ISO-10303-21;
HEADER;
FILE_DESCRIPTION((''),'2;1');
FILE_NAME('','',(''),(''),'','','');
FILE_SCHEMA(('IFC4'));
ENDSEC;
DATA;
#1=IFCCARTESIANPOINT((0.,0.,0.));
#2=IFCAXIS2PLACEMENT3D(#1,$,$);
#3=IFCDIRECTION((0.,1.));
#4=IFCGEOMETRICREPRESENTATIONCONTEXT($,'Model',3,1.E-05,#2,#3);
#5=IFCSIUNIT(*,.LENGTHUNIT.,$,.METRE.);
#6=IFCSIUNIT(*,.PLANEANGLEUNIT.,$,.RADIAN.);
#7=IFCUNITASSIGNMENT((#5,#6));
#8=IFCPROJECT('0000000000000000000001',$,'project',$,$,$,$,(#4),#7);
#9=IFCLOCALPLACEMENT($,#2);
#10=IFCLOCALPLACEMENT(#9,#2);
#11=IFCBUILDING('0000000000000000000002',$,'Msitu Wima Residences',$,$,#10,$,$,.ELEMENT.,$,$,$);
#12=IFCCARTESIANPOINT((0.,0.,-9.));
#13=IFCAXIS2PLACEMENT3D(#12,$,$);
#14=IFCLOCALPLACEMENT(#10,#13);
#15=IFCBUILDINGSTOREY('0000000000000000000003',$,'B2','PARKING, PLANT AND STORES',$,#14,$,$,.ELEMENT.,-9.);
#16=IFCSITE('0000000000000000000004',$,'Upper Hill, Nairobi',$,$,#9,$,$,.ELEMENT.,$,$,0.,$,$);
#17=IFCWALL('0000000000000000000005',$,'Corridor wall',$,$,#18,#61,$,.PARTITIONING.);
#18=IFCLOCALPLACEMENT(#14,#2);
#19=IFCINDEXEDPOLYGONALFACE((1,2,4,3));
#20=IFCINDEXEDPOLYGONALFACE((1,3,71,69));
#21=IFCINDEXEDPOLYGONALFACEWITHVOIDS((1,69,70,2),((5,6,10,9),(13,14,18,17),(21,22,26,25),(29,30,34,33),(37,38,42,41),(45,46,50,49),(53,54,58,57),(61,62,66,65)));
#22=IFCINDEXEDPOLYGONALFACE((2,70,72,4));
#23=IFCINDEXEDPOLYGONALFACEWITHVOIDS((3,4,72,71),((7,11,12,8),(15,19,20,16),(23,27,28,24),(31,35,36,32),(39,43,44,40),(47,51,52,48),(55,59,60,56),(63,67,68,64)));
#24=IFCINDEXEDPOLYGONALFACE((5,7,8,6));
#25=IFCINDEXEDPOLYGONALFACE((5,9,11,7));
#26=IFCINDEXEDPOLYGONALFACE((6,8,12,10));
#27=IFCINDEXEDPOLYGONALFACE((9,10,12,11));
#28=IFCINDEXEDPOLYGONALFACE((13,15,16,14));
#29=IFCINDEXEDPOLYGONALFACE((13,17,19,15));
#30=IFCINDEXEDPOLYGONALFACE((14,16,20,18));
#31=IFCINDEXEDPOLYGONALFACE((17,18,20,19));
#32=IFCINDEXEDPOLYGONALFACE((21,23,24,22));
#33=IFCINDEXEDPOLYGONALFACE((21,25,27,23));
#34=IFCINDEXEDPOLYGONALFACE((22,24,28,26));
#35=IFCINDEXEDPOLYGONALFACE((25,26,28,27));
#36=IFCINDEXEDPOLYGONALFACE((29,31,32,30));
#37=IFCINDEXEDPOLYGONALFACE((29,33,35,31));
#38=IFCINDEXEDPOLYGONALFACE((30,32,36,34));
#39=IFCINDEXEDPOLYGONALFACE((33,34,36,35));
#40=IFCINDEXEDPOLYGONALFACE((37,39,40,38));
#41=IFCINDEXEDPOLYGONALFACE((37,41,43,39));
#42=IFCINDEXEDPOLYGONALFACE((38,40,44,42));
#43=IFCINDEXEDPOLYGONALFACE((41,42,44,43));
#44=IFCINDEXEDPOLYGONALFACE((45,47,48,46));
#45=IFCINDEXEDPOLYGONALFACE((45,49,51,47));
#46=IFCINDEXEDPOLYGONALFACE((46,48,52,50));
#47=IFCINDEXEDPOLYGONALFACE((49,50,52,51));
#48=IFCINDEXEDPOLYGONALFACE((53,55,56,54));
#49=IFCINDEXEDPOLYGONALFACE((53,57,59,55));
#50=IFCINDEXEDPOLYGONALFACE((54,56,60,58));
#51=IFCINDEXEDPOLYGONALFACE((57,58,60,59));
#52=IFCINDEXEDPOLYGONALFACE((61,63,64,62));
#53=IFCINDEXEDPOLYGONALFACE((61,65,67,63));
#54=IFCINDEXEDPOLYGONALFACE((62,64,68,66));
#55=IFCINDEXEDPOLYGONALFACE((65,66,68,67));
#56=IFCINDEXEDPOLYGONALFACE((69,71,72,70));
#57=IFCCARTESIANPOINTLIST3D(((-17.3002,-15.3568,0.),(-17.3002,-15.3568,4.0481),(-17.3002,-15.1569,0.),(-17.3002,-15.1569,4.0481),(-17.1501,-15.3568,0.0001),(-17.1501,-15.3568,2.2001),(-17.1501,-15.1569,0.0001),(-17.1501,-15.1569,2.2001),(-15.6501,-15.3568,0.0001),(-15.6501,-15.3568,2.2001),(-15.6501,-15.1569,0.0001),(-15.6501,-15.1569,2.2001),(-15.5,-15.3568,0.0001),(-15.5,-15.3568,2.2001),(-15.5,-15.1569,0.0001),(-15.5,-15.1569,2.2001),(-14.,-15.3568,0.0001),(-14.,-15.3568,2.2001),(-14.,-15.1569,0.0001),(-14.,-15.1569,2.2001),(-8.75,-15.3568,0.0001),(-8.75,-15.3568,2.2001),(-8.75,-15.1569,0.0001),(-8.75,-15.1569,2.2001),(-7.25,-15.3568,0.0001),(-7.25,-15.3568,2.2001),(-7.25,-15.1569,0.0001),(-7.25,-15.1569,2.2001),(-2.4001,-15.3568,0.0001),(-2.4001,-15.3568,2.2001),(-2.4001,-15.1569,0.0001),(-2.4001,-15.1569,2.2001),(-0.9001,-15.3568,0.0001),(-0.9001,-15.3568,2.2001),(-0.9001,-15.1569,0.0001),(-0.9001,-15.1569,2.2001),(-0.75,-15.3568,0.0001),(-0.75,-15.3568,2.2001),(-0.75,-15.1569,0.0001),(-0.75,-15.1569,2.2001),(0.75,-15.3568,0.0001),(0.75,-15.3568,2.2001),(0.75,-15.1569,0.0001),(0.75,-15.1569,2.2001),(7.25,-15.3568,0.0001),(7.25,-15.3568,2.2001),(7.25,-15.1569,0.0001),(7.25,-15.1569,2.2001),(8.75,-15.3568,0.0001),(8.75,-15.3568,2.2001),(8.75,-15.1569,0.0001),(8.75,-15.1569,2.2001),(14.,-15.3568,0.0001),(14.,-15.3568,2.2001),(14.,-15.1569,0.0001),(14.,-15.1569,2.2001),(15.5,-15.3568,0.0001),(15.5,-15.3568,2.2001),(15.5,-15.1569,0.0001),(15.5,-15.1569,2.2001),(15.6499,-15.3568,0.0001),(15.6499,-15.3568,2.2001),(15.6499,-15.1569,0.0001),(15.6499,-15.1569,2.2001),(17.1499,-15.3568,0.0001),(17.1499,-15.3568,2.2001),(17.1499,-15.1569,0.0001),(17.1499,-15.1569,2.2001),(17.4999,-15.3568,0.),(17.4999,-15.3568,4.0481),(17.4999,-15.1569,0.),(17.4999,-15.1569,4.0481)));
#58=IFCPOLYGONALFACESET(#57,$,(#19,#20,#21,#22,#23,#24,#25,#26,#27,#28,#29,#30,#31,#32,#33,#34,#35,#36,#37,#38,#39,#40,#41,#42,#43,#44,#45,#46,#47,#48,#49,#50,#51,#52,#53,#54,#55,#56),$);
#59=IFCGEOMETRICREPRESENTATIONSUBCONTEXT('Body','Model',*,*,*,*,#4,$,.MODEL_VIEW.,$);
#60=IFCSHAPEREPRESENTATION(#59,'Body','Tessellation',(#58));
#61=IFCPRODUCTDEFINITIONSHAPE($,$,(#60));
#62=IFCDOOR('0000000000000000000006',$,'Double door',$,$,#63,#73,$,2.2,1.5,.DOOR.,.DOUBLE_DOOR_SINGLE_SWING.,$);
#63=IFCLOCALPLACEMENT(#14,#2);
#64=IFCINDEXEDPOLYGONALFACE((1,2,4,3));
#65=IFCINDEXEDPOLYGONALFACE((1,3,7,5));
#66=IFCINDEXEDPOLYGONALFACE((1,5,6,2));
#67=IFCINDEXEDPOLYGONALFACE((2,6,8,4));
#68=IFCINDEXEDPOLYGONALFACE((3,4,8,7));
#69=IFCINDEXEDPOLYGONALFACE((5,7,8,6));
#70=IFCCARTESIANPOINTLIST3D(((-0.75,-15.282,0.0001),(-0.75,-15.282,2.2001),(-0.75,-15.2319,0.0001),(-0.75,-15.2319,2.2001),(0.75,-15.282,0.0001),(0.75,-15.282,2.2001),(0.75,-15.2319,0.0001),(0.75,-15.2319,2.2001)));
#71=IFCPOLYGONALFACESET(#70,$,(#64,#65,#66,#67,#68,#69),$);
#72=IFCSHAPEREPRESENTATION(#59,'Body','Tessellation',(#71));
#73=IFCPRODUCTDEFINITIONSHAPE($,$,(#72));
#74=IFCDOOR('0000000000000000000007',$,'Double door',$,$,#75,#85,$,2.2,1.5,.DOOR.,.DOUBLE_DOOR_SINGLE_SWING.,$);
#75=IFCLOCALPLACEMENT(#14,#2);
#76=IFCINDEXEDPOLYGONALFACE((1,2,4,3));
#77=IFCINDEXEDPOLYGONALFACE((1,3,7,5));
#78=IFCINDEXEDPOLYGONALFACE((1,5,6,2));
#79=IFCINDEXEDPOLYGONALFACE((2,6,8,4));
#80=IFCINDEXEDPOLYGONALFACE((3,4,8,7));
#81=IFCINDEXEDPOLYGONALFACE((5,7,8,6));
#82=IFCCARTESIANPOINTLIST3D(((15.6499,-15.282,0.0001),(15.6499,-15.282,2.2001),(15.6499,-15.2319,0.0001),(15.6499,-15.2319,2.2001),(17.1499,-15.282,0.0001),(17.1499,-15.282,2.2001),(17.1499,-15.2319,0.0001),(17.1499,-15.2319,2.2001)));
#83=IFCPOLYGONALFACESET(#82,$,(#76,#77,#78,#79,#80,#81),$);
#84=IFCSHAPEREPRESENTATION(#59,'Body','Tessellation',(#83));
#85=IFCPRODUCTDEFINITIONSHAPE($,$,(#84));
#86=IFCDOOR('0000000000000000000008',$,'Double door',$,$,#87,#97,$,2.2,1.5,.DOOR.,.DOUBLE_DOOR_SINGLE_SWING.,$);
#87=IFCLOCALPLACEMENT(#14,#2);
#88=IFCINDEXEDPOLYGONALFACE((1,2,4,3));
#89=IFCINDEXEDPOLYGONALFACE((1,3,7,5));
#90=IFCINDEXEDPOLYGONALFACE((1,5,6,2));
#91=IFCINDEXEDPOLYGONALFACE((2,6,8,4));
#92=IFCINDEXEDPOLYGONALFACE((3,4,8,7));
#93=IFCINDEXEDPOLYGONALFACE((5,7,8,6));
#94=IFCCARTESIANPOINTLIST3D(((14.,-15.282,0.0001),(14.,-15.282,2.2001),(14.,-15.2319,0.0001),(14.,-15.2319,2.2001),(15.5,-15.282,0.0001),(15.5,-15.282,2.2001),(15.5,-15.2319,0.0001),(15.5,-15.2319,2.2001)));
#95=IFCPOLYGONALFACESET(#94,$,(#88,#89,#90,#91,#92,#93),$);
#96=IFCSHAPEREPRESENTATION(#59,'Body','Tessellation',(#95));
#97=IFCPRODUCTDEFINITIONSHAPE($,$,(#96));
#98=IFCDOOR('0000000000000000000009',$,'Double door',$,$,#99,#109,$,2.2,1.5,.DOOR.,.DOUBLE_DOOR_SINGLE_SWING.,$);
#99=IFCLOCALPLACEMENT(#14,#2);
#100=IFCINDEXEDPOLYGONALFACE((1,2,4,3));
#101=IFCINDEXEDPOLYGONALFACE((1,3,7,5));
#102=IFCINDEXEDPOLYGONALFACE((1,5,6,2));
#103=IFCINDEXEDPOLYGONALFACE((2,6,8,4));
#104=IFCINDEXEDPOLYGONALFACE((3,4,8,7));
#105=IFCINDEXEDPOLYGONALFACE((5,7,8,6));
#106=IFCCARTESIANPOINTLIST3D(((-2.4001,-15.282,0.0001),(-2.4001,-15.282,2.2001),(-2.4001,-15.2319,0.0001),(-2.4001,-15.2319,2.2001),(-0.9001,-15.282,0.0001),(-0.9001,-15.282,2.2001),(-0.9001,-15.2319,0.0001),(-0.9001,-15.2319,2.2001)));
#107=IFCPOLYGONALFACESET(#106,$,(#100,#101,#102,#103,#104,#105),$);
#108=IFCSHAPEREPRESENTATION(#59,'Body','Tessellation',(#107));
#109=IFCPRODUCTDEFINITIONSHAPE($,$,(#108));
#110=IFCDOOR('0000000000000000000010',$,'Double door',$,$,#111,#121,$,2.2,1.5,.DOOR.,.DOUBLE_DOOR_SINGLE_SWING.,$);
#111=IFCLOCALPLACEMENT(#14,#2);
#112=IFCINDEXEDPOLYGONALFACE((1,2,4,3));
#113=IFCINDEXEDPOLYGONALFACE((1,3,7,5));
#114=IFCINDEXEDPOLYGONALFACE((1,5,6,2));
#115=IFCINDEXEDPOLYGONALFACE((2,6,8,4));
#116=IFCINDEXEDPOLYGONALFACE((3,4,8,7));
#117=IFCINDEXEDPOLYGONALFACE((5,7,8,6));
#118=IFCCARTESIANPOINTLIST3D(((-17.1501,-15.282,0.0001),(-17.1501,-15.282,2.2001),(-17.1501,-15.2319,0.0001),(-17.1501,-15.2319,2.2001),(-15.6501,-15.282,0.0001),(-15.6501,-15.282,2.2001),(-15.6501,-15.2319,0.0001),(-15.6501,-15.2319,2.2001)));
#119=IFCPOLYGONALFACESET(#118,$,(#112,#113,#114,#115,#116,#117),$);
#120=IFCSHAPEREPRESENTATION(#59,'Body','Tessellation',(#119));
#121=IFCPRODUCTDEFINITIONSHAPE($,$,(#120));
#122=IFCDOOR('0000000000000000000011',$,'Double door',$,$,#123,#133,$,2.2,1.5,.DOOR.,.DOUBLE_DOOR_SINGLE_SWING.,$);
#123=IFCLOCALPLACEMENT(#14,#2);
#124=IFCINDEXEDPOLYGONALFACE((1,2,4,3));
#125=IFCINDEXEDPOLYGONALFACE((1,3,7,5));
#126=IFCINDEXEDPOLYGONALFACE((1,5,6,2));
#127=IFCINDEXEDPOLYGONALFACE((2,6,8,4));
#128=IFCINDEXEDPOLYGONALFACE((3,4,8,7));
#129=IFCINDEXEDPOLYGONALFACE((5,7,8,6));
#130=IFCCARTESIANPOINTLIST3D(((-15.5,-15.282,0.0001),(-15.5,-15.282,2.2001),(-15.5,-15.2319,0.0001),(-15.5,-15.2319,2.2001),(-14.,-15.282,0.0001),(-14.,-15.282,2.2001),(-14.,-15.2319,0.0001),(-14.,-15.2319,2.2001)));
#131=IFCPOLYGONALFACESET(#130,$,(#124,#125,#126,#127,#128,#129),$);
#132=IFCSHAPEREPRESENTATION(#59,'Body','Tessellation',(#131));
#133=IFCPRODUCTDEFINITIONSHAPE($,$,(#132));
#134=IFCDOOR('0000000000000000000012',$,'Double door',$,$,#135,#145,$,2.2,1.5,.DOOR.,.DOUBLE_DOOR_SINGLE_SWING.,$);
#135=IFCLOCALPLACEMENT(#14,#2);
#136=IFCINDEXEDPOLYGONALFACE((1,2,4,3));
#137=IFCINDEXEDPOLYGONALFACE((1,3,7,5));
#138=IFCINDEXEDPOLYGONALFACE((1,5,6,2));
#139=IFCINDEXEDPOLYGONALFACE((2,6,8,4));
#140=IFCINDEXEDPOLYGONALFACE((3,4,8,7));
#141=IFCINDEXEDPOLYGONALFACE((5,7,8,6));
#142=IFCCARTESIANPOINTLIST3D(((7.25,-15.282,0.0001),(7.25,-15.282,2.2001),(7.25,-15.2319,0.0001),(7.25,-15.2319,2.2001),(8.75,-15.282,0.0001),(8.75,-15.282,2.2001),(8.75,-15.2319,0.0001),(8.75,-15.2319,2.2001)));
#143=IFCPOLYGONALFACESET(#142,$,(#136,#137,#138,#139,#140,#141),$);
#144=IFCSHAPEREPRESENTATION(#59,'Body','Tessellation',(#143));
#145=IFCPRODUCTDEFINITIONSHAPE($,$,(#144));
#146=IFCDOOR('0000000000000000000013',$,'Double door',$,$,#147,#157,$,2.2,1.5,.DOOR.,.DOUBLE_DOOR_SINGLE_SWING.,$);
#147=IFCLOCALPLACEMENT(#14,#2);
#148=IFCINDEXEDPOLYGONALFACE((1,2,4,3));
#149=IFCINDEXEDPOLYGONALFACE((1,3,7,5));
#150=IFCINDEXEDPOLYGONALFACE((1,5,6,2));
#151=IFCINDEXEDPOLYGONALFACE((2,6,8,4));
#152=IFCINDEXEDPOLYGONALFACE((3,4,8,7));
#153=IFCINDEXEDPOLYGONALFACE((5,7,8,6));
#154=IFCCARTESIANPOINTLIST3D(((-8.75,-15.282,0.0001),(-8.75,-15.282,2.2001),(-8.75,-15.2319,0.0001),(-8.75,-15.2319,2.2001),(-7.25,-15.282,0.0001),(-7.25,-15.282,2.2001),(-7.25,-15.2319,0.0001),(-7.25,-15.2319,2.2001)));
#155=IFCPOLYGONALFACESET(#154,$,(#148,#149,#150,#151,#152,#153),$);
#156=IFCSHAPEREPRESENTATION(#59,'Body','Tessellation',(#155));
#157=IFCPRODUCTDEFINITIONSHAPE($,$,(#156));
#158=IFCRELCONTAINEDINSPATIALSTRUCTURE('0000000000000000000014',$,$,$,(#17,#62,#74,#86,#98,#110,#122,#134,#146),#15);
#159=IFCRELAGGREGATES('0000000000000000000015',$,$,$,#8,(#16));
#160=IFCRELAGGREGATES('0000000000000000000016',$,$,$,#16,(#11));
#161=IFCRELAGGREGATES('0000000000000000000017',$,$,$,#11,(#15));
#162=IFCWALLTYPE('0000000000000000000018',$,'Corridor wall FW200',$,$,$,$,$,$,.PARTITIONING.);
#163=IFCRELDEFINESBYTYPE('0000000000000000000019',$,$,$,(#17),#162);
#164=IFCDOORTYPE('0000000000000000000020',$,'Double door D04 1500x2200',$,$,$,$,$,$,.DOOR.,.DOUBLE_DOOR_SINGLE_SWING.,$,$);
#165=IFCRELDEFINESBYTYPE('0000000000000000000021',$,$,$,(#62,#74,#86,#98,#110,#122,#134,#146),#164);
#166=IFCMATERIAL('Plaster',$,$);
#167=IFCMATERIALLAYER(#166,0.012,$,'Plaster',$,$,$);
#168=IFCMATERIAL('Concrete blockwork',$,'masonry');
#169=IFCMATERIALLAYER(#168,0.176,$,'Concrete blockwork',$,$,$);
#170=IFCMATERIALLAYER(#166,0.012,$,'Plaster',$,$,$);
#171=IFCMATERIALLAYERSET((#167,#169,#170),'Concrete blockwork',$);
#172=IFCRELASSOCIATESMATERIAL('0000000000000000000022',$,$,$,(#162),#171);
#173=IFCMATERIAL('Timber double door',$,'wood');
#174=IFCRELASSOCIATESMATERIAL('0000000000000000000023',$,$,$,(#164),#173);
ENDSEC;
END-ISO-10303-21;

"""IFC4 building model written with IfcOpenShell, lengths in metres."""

from ifc_helpers import new_model, si_unit, direction, frame, frame_2d, origin, place, context, subcontext, project, spatial, rectangle, extrude, material, layer, layer_set, type_object, element, fill, save


model = new_model("IFC4")

# Units and contexts
model_context = context("Model", 3, precision=1e-05, world=origin(), true_north=direction((0.0, 1.0)))
body_context = subcontext(model_context, "Body", "Model", "MODEL_VIEW")
ifc_project = project(units=[si_unit("LENGTHUNIT", "METRE"), si_unit("PLANEANGLEUNIT", "RADIAN")], contexts=[model_context])

# Site, building, storey
site_placement = place(None, origin())
site = spatial("IfcSite", under=ifc_project, at=site_placement, Name="Upper Hill, Nairobi", CompositionType="ELEMENT", RefElevation=0.0)
building_placement = place(site_placement, origin())
building = spatial("IfcBuilding", under=site, at=building_placement, Name="Msitu Wima Residences", CompositionType="ELEMENT")
storey_placement = place(building_placement, frame((0.0, 0.0, -9.0)))
storey = spatial("IfcBuildingStorey", under=building, at=storey_placement, Name="B2", Description="PARKING, PLANT AND STORES", CompositionType="ELEMENT", Elevation=-9.0)

# Wall, openings, doors
ifc_material_1 = material(Name="Plaster")
ifc_layer_1 = layer(ifc_material_1, 0.012, Name="Plaster")
ifc_material_2 = material(Name="Concrete blockwork", Category="masonry")
ifc_layer_2 = layer(ifc_material_2, 0.176, Name="Concrete blockwork")
ifc_layer_3 = layer(ifc_material_1, 0.012, Name="Plaster")
ifc_layer_set_1 = layer_set([ifc_layer_1, ifc_layer_2, ifc_layer_3], Name="Concrete blockwork")
wall_type_1 = type_object("IfcWallType", Name="Corridor wall FW200", PredefinedType="PARTITIONING", material=ifc_layer_set_1)
wall_1_placement = place(storey_placement, frame((-17.3, -15.2568, 0.0), z_axis=(0.0, 0.0, 1.0), x_axis=(1.0, 0.0, 0.0)))
wall_1 = element("IfcWall", 1, at=wall_1_placement, inside=storey, type_object=wall_type_1, Name="Corridor wall", PredefinedType="PARTITIONING", context=body_context, shape_type="SweptSolid", body=[
    extrude(rectangle(XDim=34.8, YDim=0.2, at=frame_2d((17.3999, 0.0))), origin(), (0.0, 0.0, 1.0), 4.0481),
])
opening_1_placement = place(wall_1_placement, frame((16.55, 0.0, 0.0)))
opening_1 = element("IfcOpeningElement", 2, at=opening_1_placement, cuts=wall_1, PredefinedType="OPENING", context=body_context, shape_type="SweptSolid", body=[
    extrude(rectangle(XDim=1.5, YDim=2.2, at=frame_2d((0.75, 1.1001))), frame((0.0, 0.1099, 0.0), z_axis=(0.0, -1.0, 0.0), x_axis=(1.0, 0.0, 0.0)), (0.0, 0.0, 1.0), 0.22),
])
opening_2_placement = place(wall_1_placement, frame((32.95, 0.0, 0.0)))
opening_2 = element("IfcOpeningElement", 3, at=opening_2_placement, cuts=wall_1, PredefinedType="OPENING", context=body_context, shape_type="SweptSolid", body=[
    extrude(rectangle(XDim=1.5, YDim=2.2, at=frame_2d((0.75, 1.1001))), frame((0.0, 0.1099, 0.0), z_axis=(0.0, -1.0, 0.0), x_axis=(1.0, 0.0, 0.0)), (0.0, 0.0, 1.0), 0.22),
])
opening_3_placement = place(wall_1_placement, frame((31.3, 0.0, 0.0)))
opening_3 = element("IfcOpeningElement", 4, at=opening_3_placement, cuts=wall_1, PredefinedType="OPENING", context=body_context, shape_type="SweptSolid", body=[
    extrude(rectangle(XDim=1.5, YDim=2.2, at=frame_2d((0.75, 1.1001))), frame((0.0, 0.1099, 0.0), z_axis=(0.0, -1.0, 0.0), x_axis=(1.0, 0.0, 0.0)), (0.0, 0.0, 1.0), 0.22),
])
opening_4_placement = place(wall_1_placement, frame((14.8999, 0.0, 0.0)))
opening_4 = element("IfcOpeningElement", 5, at=opening_4_placement, cuts=wall_1, PredefinedType="OPENING", context=body_context, shape_type="SweptSolid", body=[
    extrude(rectangle(XDim=1.5, YDim=2.2, at=frame_2d((0.75, 1.1001))), frame((0.0, 0.1099, 0.0), z_axis=(0.0, -1.0, 0.0), x_axis=(1.0, 0.0, 0.0)), (0.0, 0.0, 1.0), 0.22),
])
opening_5_placement = place(wall_1_placement, frame((0.1499, 0.0, 0.0)))
opening_5 = element("IfcOpeningElement", 6, at=opening_5_placement, cuts=wall_1, PredefinedType="OPENING", context=body_context, shape_type="SweptSolid", body=[
    extrude(rectangle(XDim=1.5, YDim=2.2, at=frame_2d((0.75, 1.1001))), frame((0.0, 0.1099, 0.0), z_axis=(0.0, -1.0, 0.0), x_axis=(1.0, 0.0, 0.0)), (0.0, 0.0, 1.0), 0.22),
])
opening_6_placement = place(wall_1_placement, frame((1.8, 0.0, 0.0)))
opening_6 = element("IfcOpeningElement", 7, at=opening_6_placement, cuts=wall_1, PredefinedType="OPENING", context=body_context, shape_type="SweptSolid", body=[
    extrude(rectangle(XDim=1.5, YDim=2.2, at=frame_2d((0.75, 1.1001))), frame((0.0, 0.1099, 0.0), z_axis=(0.0, -1.0, 0.0), x_axis=(1.0, 0.0, 0.0)), (0.0, 0.0, 1.0), 0.22),
])
opening_7_placement = place(wall_1_placement, frame((24.55, 0.0, 0.0)))
opening_7 = element("IfcOpeningElement", 8, at=opening_7_placement, cuts=wall_1, PredefinedType="OPENING", context=body_context, shape_type="SweptSolid", body=[
    extrude(rectangle(XDim=1.5, YDim=2.2, at=frame_2d((0.75, 1.1001))), frame((0.0, 0.1099, 0.0), z_axis=(0.0, -1.0, 0.0), x_axis=(1.0, 0.0, 0.0)), (0.0, 0.0, 1.0), 0.22),
])
opening_8_placement = place(wall_1_placement, frame((8.55, 0.0, 0.0)))
opening_8 = element("IfcOpeningElement", 9, at=opening_8_placement, cuts=wall_1, PredefinedType="OPENING", context=body_context, shape_type="SweptSolid", body=[
    extrude(rectangle(XDim=1.5, YDim=2.2, at=frame_2d((0.75, 1.1001))), frame((0.0, 0.1099, 0.0), z_axis=(0.0, -1.0, 0.0), x_axis=(1.0, 0.0, 0.0)), (0.0, 0.0, 1.0), 0.22),
])
ifc_material_3 = material(Name="Timber double door", Category="wood")
door_type_1 = type_object("IfcDoorType", Name="Double door D04 1500x2200", OperationType="DOUBLE_DOOR_SINGLE_SWING", PredefinedType="DOOR", material=ifc_material_3)
door_1_placement = place(opening_1_placement, origin())
door_1 = element("IfcDoor", 10, at=door_1_placement, inside=storey, type_object=door_type_1, Name="Double door", OperationType="DOUBLE_DOOR_SINGLE_SWING", OverallHeight=2.2, OverallWidth=1.5, PredefinedType="DOOR", context=body_context, shape_type="SweptSolid", body=[
    extrude(rectangle(XDim=1.5, YDim=2.2, at=frame_2d((0.75, 1.1001))), frame((0.0, 0.0249, 0.0), z_axis=(0.0, -1.0, 0.0), x_axis=(1.0, 0.0, 0.0)), (0.0, 0.0, 1.0), 0.05),
])
fill(opening_1, door_1)
door_2_placement = place(opening_2_placement, origin())
door_2 = element("IfcDoor", 11, at=door_2_placement, inside=storey, type_object=door_type_1, Name="Double door", OperationType="DOUBLE_DOOR_SINGLE_SWING", OverallHeight=2.2, OverallWidth=1.5, PredefinedType="DOOR", context=body_context, shape_type="SweptSolid", body=[
    extrude(rectangle(XDim=1.5, YDim=2.2, at=frame_2d((0.75, 1.1001))), frame((0.0, 0.0249, 0.0), z_axis=(0.0, -1.0, 0.0), x_axis=(1.0, 0.0, 0.0)), (0.0, 0.0, 1.0), 0.05),
])
fill(opening_2, door_2)
door_3_placement = place(opening_3_placement, origin())
door_3 = element("IfcDoor", 12, at=door_3_placement, inside=storey, type_object=door_type_1, Name="Double door", OperationType="DOUBLE_DOOR_SINGLE_SWING", OverallHeight=2.2, OverallWidth=1.5, PredefinedType="DOOR", context=body_context, shape_type="SweptSolid", body=[
    extrude(rectangle(XDim=1.5, YDim=2.2, at=frame_2d((0.75, 1.1001))), frame((0.0, 0.0249, 0.0), z_axis=(0.0, -1.0, 0.0), x_axis=(1.0, 0.0, 0.0)), (0.0, 0.0, 1.0), 0.05),
])
fill(opening_3, door_3)
door_4_placement = place(opening_4_placement, origin())
door_4 = element("IfcDoor", 13, at=door_4_placement, inside=storey, type_object=door_type_1, Name="Double door", OperationType="DOUBLE_DOOR_SINGLE_SWING", OverallHeight=2.2, OverallWidth=1.5, PredefinedType="DOOR", context=body_context, shape_type="SweptSolid", body=[
    extrude(rectangle(XDim=1.5, YDim=2.2, at=frame_2d((0.75, 1.1001))), frame((0.0, 0.0249, 0.0), z_axis=(0.0, -1.0, 0.0), x_axis=(1.0, 0.0, 0.0)), (0.0, 0.0, 1.0), 0.05),
])
fill(opening_4, door_4)
door_5_placement = place(opening_5_placement, origin())
door_5 = element("IfcDoor", 14, at=door_5_placement, inside=storey, type_object=door_type_1, Name="Double door", OperationType="DOUBLE_DOOR_SINGLE_SWING", OverallHeight=2.2, OverallWidth=1.5, PredefinedType="DOOR", context=body_context, shape_type="SweptSolid", body=[
    extrude(rectangle(XDim=1.5, YDim=2.2, at=frame_2d((0.75, 1.1001))), frame((0.0, 0.0249, 0.0), z_axis=(0.0, -1.0, 0.0), x_axis=(1.0, 0.0, 0.0)), (0.0, 0.0, 1.0), 0.05),
])
fill(opening_5, door_5)
door_6_placement = place(opening_6_placement, origin())
door_6 = element("IfcDoor", 15, at=door_6_placement, inside=storey, type_object=door_type_1, Name="Double door", OperationType="DOUBLE_DOOR_SINGLE_SWING", OverallHeight=2.2, OverallWidth=1.5, PredefinedType="DOOR", context=body_context, shape_type="SweptSolid", body=[
    extrude(rectangle(XDim=1.5, YDim=2.2, at=frame_2d((0.75, 1.1001))), frame((0.0, 0.0249, 0.0), z_axis=(0.0, -1.0, 0.0), x_axis=(1.0, 0.0, 0.0)), (0.0, 0.0, 1.0), 0.05),
])
fill(opening_6, door_6)
door_7_placement = place(opening_7_placement, origin())
door_7 = element("IfcDoor", 16, at=door_7_placement, inside=storey, type_object=door_type_1, Name="Double door", OperationType="DOUBLE_DOOR_SINGLE_SWING", OverallHeight=2.2, OverallWidth=1.5, PredefinedType="DOOR", context=body_context, shape_type="SweptSolid", body=[
    extrude(rectangle(XDim=1.5, YDim=2.2, at=frame_2d((0.75, 1.1001))), frame((0.0, 0.0249, 0.0), z_axis=(0.0, -1.0, 0.0), x_axis=(1.0, 0.0, 0.0)), (0.0, 0.0, 1.0), 0.05),
])
fill(opening_7, door_7)
door_8_placement = place(opening_8_placement, origin())
door_8 = element("IfcDoor", 17, at=door_8_placement, inside=storey, type_object=door_type_1, Name="Double door", OperationType="DOUBLE_DOOR_SINGLE_SWING", OverallHeight=2.2, OverallWidth=1.5, PredefinedType="DOOR", context=body_context, shape_type="SweptSolid", body=[
    extrude(rectangle(XDim=1.5, YDim=2.2, at=frame_2d((0.75, 1.1001))), frame((0.0, 0.0249, 0.0), z_axis=(0.0, -1.0, 0.0), x_axis=(1.0, 0.0, 0.0)), (0.0, 0.0, 1.0), 0.05),
])
fill(opening_8, door_8)

save(model, "model.ifc")
